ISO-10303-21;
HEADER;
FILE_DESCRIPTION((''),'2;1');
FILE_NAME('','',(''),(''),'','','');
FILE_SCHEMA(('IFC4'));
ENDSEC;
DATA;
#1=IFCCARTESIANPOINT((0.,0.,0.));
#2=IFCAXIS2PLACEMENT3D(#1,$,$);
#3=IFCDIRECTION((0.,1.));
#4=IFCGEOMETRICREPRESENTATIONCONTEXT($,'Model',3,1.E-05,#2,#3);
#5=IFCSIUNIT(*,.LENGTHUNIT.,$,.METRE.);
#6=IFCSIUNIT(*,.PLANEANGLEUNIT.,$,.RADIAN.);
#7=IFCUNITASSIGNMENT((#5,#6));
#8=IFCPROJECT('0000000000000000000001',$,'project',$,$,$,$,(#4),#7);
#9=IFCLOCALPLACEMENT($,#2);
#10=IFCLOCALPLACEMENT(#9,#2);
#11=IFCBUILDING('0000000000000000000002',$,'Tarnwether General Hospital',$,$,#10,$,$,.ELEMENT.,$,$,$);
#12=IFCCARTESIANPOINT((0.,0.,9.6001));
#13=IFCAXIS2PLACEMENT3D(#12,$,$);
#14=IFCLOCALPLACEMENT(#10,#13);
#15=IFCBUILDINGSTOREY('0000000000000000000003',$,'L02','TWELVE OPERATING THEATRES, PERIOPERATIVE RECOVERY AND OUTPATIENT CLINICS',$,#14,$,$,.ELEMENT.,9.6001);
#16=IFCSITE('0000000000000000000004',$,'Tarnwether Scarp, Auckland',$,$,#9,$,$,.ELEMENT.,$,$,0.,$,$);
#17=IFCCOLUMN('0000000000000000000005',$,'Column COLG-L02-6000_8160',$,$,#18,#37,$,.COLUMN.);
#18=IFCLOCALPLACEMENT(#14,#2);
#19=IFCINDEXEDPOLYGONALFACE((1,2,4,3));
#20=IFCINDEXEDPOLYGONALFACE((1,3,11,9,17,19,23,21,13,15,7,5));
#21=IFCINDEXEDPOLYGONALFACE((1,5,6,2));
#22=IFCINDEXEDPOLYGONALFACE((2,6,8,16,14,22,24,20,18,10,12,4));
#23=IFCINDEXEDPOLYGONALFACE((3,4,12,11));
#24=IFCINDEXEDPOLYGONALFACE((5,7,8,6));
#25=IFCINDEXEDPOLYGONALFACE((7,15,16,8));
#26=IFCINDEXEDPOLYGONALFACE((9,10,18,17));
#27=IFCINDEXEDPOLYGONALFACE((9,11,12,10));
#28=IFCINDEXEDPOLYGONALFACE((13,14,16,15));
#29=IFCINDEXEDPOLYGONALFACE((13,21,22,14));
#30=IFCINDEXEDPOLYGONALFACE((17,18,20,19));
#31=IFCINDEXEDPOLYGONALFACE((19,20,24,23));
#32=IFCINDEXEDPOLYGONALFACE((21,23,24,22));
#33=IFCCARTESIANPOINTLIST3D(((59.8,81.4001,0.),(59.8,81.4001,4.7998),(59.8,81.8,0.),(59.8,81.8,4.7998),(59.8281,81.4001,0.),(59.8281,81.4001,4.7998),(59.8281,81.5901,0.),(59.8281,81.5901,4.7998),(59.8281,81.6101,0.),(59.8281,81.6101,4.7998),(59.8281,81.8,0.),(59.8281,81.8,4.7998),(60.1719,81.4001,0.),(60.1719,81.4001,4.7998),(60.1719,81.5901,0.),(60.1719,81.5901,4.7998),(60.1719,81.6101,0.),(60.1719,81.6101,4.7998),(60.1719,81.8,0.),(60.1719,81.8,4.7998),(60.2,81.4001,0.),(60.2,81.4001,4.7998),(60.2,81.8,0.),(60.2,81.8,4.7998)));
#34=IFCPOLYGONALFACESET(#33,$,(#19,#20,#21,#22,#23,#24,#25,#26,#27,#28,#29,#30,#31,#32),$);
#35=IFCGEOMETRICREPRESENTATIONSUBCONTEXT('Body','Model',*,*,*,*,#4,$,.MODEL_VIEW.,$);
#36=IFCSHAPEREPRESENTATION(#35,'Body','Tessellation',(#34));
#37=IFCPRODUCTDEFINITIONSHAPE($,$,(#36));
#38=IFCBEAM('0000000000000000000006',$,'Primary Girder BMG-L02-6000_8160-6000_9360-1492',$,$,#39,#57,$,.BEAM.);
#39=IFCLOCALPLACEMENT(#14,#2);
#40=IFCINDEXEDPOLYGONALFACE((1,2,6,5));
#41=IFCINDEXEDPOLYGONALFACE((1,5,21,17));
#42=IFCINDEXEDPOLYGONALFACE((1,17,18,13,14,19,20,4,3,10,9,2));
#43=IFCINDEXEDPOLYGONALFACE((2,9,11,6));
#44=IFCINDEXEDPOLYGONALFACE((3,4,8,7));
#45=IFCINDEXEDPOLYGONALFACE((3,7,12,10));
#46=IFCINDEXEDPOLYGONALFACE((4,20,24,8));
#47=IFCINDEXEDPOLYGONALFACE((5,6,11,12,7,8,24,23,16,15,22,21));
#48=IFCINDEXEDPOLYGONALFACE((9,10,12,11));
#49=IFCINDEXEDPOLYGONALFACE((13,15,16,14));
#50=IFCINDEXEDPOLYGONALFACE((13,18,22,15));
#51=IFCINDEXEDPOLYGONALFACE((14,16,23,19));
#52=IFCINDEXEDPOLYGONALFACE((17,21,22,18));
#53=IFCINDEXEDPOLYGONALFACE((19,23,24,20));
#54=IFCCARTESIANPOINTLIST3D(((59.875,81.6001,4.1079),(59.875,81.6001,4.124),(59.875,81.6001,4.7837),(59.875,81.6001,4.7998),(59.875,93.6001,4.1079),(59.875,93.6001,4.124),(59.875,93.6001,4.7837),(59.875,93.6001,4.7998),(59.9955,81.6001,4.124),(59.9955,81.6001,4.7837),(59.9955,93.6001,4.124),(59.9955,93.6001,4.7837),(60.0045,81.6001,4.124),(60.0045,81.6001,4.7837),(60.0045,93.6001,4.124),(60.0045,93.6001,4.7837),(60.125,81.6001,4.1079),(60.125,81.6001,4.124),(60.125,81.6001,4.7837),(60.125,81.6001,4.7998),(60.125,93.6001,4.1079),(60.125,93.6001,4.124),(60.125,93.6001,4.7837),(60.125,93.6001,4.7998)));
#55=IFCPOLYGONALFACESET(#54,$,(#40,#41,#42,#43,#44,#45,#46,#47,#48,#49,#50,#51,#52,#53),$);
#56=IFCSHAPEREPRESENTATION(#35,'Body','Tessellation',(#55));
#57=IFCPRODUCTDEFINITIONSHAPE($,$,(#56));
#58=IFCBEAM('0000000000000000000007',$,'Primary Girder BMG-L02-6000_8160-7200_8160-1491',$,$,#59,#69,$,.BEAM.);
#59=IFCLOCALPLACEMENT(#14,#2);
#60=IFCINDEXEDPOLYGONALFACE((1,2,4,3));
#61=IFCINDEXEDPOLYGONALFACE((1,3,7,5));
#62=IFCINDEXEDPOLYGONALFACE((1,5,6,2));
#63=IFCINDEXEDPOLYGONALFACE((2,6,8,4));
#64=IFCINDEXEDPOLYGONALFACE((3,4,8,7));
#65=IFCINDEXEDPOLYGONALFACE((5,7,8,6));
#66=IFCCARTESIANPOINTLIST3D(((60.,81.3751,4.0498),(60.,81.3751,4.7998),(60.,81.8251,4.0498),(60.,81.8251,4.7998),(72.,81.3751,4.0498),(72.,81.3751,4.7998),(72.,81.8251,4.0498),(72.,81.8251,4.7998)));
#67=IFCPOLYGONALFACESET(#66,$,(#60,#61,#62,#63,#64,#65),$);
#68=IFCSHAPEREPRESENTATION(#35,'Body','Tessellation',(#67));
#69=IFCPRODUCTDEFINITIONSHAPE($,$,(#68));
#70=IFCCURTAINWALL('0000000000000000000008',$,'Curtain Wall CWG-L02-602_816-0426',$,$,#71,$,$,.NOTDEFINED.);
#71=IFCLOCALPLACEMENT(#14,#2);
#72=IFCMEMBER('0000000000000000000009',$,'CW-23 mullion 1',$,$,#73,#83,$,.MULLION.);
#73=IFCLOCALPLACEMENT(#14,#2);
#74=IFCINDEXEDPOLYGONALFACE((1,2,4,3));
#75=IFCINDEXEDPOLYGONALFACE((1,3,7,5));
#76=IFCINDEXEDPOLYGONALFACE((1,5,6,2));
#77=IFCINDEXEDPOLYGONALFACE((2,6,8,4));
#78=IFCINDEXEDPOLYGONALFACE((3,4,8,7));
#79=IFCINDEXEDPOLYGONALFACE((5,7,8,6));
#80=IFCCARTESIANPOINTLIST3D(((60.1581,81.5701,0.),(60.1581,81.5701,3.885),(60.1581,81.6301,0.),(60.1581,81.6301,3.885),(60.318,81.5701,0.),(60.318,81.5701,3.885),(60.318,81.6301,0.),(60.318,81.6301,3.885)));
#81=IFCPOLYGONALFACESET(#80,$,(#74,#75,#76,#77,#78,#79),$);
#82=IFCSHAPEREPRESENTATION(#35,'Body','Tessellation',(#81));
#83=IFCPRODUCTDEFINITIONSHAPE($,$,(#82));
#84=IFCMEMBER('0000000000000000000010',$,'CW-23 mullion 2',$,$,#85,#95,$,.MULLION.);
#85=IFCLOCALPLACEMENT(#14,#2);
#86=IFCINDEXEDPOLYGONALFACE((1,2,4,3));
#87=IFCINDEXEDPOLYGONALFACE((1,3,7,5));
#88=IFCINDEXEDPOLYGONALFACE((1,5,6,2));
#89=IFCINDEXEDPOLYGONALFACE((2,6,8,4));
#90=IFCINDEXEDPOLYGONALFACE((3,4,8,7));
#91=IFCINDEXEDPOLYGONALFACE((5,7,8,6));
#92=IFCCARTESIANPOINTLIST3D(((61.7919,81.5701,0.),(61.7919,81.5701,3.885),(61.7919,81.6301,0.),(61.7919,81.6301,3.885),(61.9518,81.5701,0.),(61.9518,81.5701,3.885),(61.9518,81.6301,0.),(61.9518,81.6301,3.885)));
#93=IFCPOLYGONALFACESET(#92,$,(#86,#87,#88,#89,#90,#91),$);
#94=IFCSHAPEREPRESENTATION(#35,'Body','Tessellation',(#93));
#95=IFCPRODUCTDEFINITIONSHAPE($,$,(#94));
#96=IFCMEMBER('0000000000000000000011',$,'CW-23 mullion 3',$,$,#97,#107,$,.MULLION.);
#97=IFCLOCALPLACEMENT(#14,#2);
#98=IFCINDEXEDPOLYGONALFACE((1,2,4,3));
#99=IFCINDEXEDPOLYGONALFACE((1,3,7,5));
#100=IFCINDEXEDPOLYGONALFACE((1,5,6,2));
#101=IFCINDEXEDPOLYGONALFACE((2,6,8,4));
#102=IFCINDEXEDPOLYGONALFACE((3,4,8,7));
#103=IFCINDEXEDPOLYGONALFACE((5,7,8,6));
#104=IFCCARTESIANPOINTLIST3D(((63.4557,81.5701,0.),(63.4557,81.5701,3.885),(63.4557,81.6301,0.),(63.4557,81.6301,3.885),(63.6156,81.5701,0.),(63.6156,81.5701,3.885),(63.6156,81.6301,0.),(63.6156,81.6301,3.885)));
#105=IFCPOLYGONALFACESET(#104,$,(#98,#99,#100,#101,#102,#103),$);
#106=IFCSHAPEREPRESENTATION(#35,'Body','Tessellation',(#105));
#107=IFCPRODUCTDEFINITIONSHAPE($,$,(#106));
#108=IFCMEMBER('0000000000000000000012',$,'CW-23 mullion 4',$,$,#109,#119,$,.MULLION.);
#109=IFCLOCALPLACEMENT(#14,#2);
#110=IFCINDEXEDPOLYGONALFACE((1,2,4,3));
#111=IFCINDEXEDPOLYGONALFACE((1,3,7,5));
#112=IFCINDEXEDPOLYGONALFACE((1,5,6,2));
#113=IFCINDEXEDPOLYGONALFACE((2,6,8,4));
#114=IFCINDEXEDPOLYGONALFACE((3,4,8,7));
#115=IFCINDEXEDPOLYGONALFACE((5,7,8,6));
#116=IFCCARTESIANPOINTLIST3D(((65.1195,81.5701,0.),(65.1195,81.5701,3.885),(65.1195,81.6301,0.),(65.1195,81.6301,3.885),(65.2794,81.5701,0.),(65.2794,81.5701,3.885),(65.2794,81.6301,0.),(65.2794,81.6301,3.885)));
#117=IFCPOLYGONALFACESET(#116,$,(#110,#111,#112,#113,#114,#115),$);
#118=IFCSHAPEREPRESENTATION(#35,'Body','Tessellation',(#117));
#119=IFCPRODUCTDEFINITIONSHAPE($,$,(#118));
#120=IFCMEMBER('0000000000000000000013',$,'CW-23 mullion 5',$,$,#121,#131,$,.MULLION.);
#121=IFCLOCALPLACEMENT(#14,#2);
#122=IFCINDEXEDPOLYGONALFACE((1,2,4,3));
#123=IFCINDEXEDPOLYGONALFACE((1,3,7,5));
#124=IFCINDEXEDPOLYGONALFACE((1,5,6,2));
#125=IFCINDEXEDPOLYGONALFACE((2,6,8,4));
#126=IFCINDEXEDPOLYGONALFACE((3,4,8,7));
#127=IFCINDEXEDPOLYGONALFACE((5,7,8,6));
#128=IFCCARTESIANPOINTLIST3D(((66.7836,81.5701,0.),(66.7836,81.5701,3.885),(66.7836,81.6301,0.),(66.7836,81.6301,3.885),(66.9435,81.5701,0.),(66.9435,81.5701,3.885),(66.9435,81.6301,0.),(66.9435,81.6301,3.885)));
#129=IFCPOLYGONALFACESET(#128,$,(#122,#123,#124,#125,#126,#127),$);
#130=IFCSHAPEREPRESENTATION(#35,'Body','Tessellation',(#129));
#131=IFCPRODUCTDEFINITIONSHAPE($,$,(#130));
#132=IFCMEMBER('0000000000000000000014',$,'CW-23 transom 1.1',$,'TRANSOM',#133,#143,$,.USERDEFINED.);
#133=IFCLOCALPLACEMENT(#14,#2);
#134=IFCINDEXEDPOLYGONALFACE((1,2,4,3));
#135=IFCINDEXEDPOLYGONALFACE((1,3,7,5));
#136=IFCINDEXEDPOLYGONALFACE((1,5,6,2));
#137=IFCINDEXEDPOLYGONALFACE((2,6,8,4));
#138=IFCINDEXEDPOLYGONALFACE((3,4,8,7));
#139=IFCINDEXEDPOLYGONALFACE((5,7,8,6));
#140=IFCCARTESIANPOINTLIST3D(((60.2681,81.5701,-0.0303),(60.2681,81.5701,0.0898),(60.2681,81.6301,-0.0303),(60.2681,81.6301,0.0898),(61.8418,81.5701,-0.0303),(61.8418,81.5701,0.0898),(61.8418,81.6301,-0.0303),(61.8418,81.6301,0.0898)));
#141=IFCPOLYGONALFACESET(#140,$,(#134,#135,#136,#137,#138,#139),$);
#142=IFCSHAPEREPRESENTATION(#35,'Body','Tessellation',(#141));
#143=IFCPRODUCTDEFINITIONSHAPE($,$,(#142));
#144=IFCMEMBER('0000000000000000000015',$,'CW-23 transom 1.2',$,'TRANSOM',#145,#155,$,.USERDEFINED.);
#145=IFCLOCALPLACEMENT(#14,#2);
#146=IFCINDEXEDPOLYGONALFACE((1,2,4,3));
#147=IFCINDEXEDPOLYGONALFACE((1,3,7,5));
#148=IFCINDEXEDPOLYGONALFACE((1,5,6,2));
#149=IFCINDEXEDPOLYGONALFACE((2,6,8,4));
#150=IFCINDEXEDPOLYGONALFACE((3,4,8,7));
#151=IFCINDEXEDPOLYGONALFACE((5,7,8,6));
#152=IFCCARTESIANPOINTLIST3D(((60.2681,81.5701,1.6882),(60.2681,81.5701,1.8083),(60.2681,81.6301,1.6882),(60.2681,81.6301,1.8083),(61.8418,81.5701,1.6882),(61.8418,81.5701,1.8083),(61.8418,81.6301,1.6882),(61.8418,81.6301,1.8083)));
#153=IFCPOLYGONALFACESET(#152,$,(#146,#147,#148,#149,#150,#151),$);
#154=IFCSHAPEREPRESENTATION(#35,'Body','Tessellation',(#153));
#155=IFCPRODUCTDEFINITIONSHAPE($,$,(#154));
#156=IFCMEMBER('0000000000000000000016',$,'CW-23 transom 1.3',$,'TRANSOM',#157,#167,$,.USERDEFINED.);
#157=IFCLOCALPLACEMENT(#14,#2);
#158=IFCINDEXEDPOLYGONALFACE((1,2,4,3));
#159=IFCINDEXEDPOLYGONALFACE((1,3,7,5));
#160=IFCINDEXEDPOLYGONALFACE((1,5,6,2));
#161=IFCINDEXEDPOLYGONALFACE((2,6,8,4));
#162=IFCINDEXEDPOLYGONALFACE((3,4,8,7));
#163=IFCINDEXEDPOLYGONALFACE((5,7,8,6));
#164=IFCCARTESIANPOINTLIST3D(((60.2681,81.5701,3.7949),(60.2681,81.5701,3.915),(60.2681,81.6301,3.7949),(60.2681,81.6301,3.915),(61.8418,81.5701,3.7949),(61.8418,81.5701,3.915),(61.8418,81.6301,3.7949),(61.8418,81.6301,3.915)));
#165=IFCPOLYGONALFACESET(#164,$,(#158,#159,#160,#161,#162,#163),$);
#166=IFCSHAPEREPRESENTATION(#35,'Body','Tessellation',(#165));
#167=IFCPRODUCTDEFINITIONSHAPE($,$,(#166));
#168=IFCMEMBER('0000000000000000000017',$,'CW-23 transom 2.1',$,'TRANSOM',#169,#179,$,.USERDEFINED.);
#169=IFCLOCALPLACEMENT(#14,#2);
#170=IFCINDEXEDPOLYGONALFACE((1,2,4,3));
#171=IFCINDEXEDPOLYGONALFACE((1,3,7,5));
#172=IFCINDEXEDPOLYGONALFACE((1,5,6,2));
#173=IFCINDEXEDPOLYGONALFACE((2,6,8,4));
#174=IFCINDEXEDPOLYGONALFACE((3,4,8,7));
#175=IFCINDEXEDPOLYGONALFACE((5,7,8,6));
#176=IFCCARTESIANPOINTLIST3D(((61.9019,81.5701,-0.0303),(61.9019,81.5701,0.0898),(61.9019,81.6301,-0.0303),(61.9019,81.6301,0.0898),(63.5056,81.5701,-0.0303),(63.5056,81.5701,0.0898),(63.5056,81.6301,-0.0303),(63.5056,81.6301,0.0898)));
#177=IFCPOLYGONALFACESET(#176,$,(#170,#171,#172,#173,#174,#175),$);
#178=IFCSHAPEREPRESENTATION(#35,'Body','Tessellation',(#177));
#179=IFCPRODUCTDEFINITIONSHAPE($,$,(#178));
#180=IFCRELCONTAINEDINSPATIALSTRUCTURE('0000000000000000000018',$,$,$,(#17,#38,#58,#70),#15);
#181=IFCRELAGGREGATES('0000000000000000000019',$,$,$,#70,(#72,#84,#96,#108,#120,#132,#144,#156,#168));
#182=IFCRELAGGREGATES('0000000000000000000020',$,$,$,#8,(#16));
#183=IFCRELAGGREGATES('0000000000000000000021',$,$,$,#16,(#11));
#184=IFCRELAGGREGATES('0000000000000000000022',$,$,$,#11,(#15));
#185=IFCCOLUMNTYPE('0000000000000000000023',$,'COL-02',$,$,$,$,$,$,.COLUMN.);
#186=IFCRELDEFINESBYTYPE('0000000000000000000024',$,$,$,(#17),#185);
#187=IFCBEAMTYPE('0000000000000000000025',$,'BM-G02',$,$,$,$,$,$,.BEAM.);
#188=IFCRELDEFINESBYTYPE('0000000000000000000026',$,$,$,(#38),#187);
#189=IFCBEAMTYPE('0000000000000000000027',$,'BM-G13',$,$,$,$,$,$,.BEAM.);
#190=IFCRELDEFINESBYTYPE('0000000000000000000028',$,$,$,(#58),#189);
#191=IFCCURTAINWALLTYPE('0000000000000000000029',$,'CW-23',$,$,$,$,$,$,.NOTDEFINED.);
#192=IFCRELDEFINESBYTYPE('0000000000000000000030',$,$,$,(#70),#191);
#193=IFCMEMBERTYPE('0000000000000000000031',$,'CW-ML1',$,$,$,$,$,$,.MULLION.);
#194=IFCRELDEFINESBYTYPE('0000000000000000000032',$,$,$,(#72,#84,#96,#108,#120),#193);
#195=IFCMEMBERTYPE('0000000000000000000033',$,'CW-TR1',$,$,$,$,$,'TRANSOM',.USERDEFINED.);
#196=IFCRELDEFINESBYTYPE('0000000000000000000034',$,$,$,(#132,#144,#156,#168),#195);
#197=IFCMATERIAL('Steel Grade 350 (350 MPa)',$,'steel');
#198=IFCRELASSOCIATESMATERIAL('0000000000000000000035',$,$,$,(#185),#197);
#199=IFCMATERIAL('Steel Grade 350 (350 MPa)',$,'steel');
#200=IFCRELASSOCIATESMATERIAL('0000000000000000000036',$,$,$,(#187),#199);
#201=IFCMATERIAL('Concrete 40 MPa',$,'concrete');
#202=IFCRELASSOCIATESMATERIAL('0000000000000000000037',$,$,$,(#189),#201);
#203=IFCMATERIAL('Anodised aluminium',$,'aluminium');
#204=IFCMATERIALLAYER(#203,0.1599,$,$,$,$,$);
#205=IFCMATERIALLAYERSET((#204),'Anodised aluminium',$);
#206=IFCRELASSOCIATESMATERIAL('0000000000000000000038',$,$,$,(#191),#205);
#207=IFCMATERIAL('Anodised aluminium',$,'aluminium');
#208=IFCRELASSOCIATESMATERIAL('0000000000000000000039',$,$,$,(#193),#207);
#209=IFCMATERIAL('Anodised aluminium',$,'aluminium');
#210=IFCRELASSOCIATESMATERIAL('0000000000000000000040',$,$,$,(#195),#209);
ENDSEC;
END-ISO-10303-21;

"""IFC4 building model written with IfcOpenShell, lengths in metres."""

from ifc_helpers import new_model, si_unit, direction, frame, origin, origin_2d, place, context, subcontext, project, spatial, rectangle, i_section, extrude, material, layer, layer_set, material_profile, profile_set, type_object, element, aggregate, save


model = new_model("IFC4")

# Units and contexts
model_context = context("Model", 3, precision=1e-05, world=origin(), true_north=direction((0.0, 1.0)))
body_context = subcontext(model_context, "Body", "Model", "MODEL_VIEW")
ifc_project = project(units=[si_unit("LENGTHUNIT", "METRE"), si_unit("PLANEANGLEUNIT", "RADIAN")], contexts=[model_context])

# Site, building, storey
site_placement = place(None, origin())
site = spatial("IfcSite", under=ifc_project, at=site_placement, Name="Tarnwether Scarp, Auckland", CompositionType="ELEMENT", RefElevation=0.0)
building_placement = place(site_placement, origin())
building = spatial("IfcBuilding", under=site, at=building_placement, Name="Tarnwether General Hospital", CompositionType="ELEMENT")
storey_placement = place(building_placement, frame((0.0, 0.0, 9.6001)))
storey = spatial("IfcBuildingStorey", under=building, at=storey_placement, Name="L02", Description="TWELVE OPERATING THEATRES, PERIOPERATIVE RECOVERY AND OUTPATIENT CLINICS", CompositionType="ELEMENT", Elevation=9.6001)

# Column
ifc_material_1 = material(Name="Steel Grade 350 (350 MPa)", Category="steel")
ifc_material_profile_1 = material_profile(ifc_material_1, i_section(OverallWidth=0.3999, OverallDepth=0.3999, WebThickness=0.02, FlangeThickness=0.0281, at=origin_2d()), Name="400WC270")
ifc_profile_set_1 = profile_set([ifc_material_profile_1], Name="Steel Grade 350 (350 MPa)")
column_type = type_object("IfcColumnType", Name="COL-02", PredefinedType="COLUMN", material=ifc_profile_set_1)
column_placement = place(storey_placement, frame((60.0, 81.6001, 0.0), z_axis=(0.0, 0.0, 1.0), x_axis=(0.0, 1.0, 0.0)))
element("IfcColumn", 1, at=column_placement, inside=storey, type_object=column_type, Name="Column COLG-L02-6000_8160", PredefinedType="COLUMN", context=body_context, shape_type="SweptSolid", body=[
    extrude(i_section(OverallWidth=0.3999, OverallDepth=0.3999, WebThickness=0.02, FlangeThickness=0.0281, at=origin_2d()), origin(), (0.0, 0.0, 1.0), 4.7998),
])

# Beams
ifc_material_2 = material(Name="Steel Grade 350 (350 MPa)", Category="steel")
ifc_material_profile_2 = material_profile(ifc_material_2, i_section(OverallWidth=0.25, OverallDepth=0.6919, WebThickness=0.009, FlangeThickness=0.0161, at=origin_2d()), Name="700WB115")
ifc_profile_set_2 = profile_set([ifc_material_profile_2], Name="Steel Grade 350 (350 MPa)")
beam_type_1 = type_object("IfcBeamType", Name="BM-G02", PredefinedType="BEAM", material=ifc_profile_set_2)
beam_1_placement = place(storey_placement, frame((60.0, 81.6001, 4.4539), z_axis=(0.0, 1.0, 0.0), x_axis=(-1.0, 0.0, 0.0)))
element("IfcBeam", 2, at=beam_1_placement, inside=storey, type_object=beam_type_1, Name="Primary Girder BMG-L02-6000_8160-6000_9360-1492", PredefinedType="BEAM", context=body_context, shape_type="SweptSolid", body=[
    extrude(i_section(OverallWidth=0.25, OverallDepth=0.6919, WebThickness=0.009, FlangeThickness=0.0161, at=origin_2d()), origin(), (0.0, 0.0, 1.0), 12.0),
])
ifc_material_3 = material(Name="Concrete 40 MPa", Category="concrete")
ifc_material_profile_3 = material_profile(ifc_material_3, rectangle(XDim=0.45, YDim=0.75, at=origin_2d()), Name="RC-BM-450x750")
ifc_profile_set_3 = profile_set([ifc_material_profile_3], Name="Concrete 40 MPa")
beam_type_2 = type_object("IfcBeamType", Name="BM-G13", PredefinedType="BEAM", material=ifc_profile_set_3)
beam_2_placement = place(storey_placement, frame((60.0, 81.6001, 4.4248), z_axis=(1.0, 0.0, 0.0), x_axis=(0.0, 1.0, 0.0)))
element("IfcBeam", 3, at=beam_2_placement, inside=storey, type_object=beam_type_2, Name="Primary Girder BMG-L02-6000_8160-7200_8160-1491", PredefinedType="BEAM", context=body_context, shape_type="SweptSolid", body=[
    extrude(rectangle(XDim=0.45, YDim=0.75, at=origin_2d()), origin(), (0.0, 0.0, 1.0), 12.0),
])

# Curtain wall, members
ifc_material_4 = material(Name="Anodised aluminium", Category="aluminium")
ifc_layer_1 = layer(ifc_material_4, 0.1599)
ifc_layer_set_1 = layer_set([ifc_layer_1], Name="Anodised aluminium")
curtain_wall_type = type_object("IfcCurtainWallType", Name="CW-23", PredefinedType="NOTDEFINED", material=ifc_layer_set_1)
curtain_wall_placement = place(storey_placement, origin())
curtain_wall = element("IfcCurtainWall", 4, at=curtain_wall_placement, inside=storey, type_object=curtain_wall_type, Name="Curtain Wall CWG-L02-602_816-0426", PredefinedType="NOTDEFINED")
ifc_material_5 = material(Name="Anodised aluminium", Category="aluminium")
ifc_material_profile_4 = material_profile(ifc_material_5, rectangle(XDim=0.0601, YDim=0.1599, at=origin_2d()), Name="ALU-MUL-60x160")
ifc_profile_set_4 = profile_set([ifc_material_profile_4], Name="Anodised aluminium")
member_type_1 = type_object("IfcMemberType", Name="CW-ML1", PredefinedType="MULLION", material=ifc_profile_set_4)
member_1_placement = place(storey_placement, frame((60.238, 81.6001, 0.0), z_axis=(0.0, 0.0, 1.0), x_axis=(0.0, 1.0, 0.0)))
member_1 = element("IfcMember", 5, at=member_1_placement, type_object=member_type_1, Name="CW-23 mullion 1", PredefinedType="MULLION", context=body_context, shape_type="SweptSolid", body=[
    extrude(rectangle(XDim=0.0601, YDim=0.1599, at=origin_2d()), origin(), (0.0, 0.0, 1.0), 3.885),
])
member_2_placement = place(storey_placement, frame((61.8718, 81.6001, 0.0), z_axis=(0.0, 0.0, 1.0), x_axis=(0.0, 1.0, 0.0)))
member_2 = element("IfcMember", 6, at=member_2_placement, type_object=member_type_1, Name="CW-23 mullion 2", PredefinedType="MULLION", context=body_context, shape_type="SweptSolid", body=[
    extrude(rectangle(XDim=0.0601, YDim=0.1599, at=origin_2d()), origin(), (0.0, 0.0, 1.0), 3.885),
])
member_3_placement = place(storey_placement, frame((63.5356, 81.6001, 0.0), z_axis=(0.0, 0.0, 1.0), x_axis=(0.0, 1.0, 0.0)))
member_3 = element("IfcMember", 7, at=member_3_placement, type_object=member_type_1, Name="CW-23 mullion 3", PredefinedType="MULLION", context=body_context, shape_type="SweptSolid", body=[
    extrude(rectangle(XDim=0.0601, YDim=0.1599, at=origin_2d()), origin(), (0.0, 0.0, 1.0), 3.885),
])
member_4_placement = place(storey_placement, frame((65.1995, 81.6001, 0.0), z_axis=(0.0, 0.0, 1.0), x_axis=(0.0, 1.0, 0.0)))
member_4 = element("IfcMember", 8, at=member_4_placement, type_object=member_type_1, Name="CW-23 mullion 4", PredefinedType="MULLION", context=body_context, shape_type="SweptSolid", body=[
    extrude(rectangle(XDim=0.0601, YDim=0.1599, at=origin_2d()), origin(), (0.0, 0.0, 1.0), 3.885),
])
member_5_placement = place(storey_placement, frame((66.8635, 81.6001, 0.0), z_axis=(0.0, 0.0, 1.0), x_axis=(0.0, 1.0, 0.0)))
member_5 = element("IfcMember", 9, at=member_5_placement, type_object=member_type_1, Name="CW-23 mullion 5", PredefinedType="MULLION", context=body_context, shape_type="SweptSolid", body=[
    extrude(rectangle(XDim=0.0601, YDim=0.1599, at=origin_2d()), origin(), (0.0, 0.0, 1.0), 3.885),
])
ifc_material_6 = material(Name="Anodised aluminium", Category="aluminium")
ifc_material_profile_5 = material_profile(ifc_material_6, rectangle(XDim=0.0601, YDim=0.1201, at=origin_2d()), Name="ALU-TRN-60x120")
ifc_profile_set_5 = profile_set([ifc_material_profile_5], Name="Anodised aluminium")
member_type_2 = type_object("IfcMemberType", Name="CW-TR1", ElementType="TRANSOM", PredefinedType="USERDEFINED", material=ifc_profile_set_5)
member_6_placement = place(storey_placement, frame((60.2681, 81.6001, 0.0298), z_axis=(1.0, 0.0, 0.0), x_axis=(0.0, 1.0, 0.0)))
member_6 = element("IfcMember", 10, at=member_6_placement, type_object=member_type_2, Name="CW-23 transom 1.1", ObjectType="TRANSOM", PredefinedType="USERDEFINED", context=body_context, shape_type="SweptSolid", body=[
    extrude(rectangle(XDim=0.0601, YDim=0.1201, at=origin_2d()), origin(), (0.0, 0.0, 1.0), 1.5737),
])
member_7_placement = place(storey_placement, frame((60.2681, 81.6001, 1.7483), z_axis=(1.0, 0.0, 0.0), x_axis=(0.0, 1.0, 0.0)))
member_7 = element("IfcMember", 11, at=member_7_placement, type_object=member_type_2, Name="CW-23 transom 1.2", ObjectType="TRANSOM", PredefinedType="USERDEFINED", context=body_context, shape_type="SweptSolid", body=[
    extrude(rectangle(XDim=0.0601, YDim=0.1201, at=origin_2d()), origin(), (0.0, 0.0, 1.0), 1.5737),
])
member_8_placement = place(storey_placement, frame((60.2681, 81.6001, 3.855), z_axis=(1.0, 0.0, 0.0), x_axis=(0.0, 1.0, 0.0)))
member_8 = element("IfcMember", 12, at=member_8_placement, type_object=member_type_2, Name="CW-23 transom 1.3", ObjectType="TRANSOM", PredefinedType="USERDEFINED", context=body_context, shape_type="SweptSolid", body=[
    extrude(rectangle(XDim=0.0601, YDim=0.1201, at=origin_2d()), origin(), (0.0, 0.0, 1.0), 1.5737),
])
member_9_placement = place(storey_placement, frame((61.9019, 81.6001, 0.0298), z_axis=(1.0, 0.0, 0.0), x_axis=(0.0, 1.0, 0.0)))
member_9 = element("IfcMember", 13, at=member_9_placement, type_object=member_type_2, Name="CW-23 transom 2.1", ObjectType="TRANSOM", PredefinedType="USERDEFINED", context=body_context, shape_type="SweptSolid", body=[
    extrude(rectangle(XDim=0.0601, YDim=0.1201, at=origin_2d()), origin(), (0.0, 0.0, 1.0), 1.6038),
])
aggregate(curtain_wall, [member_1, member_2, member_3, member_4, member_5, member_6, member_7, member_8, member_9])

save(model, "model.ifc")
